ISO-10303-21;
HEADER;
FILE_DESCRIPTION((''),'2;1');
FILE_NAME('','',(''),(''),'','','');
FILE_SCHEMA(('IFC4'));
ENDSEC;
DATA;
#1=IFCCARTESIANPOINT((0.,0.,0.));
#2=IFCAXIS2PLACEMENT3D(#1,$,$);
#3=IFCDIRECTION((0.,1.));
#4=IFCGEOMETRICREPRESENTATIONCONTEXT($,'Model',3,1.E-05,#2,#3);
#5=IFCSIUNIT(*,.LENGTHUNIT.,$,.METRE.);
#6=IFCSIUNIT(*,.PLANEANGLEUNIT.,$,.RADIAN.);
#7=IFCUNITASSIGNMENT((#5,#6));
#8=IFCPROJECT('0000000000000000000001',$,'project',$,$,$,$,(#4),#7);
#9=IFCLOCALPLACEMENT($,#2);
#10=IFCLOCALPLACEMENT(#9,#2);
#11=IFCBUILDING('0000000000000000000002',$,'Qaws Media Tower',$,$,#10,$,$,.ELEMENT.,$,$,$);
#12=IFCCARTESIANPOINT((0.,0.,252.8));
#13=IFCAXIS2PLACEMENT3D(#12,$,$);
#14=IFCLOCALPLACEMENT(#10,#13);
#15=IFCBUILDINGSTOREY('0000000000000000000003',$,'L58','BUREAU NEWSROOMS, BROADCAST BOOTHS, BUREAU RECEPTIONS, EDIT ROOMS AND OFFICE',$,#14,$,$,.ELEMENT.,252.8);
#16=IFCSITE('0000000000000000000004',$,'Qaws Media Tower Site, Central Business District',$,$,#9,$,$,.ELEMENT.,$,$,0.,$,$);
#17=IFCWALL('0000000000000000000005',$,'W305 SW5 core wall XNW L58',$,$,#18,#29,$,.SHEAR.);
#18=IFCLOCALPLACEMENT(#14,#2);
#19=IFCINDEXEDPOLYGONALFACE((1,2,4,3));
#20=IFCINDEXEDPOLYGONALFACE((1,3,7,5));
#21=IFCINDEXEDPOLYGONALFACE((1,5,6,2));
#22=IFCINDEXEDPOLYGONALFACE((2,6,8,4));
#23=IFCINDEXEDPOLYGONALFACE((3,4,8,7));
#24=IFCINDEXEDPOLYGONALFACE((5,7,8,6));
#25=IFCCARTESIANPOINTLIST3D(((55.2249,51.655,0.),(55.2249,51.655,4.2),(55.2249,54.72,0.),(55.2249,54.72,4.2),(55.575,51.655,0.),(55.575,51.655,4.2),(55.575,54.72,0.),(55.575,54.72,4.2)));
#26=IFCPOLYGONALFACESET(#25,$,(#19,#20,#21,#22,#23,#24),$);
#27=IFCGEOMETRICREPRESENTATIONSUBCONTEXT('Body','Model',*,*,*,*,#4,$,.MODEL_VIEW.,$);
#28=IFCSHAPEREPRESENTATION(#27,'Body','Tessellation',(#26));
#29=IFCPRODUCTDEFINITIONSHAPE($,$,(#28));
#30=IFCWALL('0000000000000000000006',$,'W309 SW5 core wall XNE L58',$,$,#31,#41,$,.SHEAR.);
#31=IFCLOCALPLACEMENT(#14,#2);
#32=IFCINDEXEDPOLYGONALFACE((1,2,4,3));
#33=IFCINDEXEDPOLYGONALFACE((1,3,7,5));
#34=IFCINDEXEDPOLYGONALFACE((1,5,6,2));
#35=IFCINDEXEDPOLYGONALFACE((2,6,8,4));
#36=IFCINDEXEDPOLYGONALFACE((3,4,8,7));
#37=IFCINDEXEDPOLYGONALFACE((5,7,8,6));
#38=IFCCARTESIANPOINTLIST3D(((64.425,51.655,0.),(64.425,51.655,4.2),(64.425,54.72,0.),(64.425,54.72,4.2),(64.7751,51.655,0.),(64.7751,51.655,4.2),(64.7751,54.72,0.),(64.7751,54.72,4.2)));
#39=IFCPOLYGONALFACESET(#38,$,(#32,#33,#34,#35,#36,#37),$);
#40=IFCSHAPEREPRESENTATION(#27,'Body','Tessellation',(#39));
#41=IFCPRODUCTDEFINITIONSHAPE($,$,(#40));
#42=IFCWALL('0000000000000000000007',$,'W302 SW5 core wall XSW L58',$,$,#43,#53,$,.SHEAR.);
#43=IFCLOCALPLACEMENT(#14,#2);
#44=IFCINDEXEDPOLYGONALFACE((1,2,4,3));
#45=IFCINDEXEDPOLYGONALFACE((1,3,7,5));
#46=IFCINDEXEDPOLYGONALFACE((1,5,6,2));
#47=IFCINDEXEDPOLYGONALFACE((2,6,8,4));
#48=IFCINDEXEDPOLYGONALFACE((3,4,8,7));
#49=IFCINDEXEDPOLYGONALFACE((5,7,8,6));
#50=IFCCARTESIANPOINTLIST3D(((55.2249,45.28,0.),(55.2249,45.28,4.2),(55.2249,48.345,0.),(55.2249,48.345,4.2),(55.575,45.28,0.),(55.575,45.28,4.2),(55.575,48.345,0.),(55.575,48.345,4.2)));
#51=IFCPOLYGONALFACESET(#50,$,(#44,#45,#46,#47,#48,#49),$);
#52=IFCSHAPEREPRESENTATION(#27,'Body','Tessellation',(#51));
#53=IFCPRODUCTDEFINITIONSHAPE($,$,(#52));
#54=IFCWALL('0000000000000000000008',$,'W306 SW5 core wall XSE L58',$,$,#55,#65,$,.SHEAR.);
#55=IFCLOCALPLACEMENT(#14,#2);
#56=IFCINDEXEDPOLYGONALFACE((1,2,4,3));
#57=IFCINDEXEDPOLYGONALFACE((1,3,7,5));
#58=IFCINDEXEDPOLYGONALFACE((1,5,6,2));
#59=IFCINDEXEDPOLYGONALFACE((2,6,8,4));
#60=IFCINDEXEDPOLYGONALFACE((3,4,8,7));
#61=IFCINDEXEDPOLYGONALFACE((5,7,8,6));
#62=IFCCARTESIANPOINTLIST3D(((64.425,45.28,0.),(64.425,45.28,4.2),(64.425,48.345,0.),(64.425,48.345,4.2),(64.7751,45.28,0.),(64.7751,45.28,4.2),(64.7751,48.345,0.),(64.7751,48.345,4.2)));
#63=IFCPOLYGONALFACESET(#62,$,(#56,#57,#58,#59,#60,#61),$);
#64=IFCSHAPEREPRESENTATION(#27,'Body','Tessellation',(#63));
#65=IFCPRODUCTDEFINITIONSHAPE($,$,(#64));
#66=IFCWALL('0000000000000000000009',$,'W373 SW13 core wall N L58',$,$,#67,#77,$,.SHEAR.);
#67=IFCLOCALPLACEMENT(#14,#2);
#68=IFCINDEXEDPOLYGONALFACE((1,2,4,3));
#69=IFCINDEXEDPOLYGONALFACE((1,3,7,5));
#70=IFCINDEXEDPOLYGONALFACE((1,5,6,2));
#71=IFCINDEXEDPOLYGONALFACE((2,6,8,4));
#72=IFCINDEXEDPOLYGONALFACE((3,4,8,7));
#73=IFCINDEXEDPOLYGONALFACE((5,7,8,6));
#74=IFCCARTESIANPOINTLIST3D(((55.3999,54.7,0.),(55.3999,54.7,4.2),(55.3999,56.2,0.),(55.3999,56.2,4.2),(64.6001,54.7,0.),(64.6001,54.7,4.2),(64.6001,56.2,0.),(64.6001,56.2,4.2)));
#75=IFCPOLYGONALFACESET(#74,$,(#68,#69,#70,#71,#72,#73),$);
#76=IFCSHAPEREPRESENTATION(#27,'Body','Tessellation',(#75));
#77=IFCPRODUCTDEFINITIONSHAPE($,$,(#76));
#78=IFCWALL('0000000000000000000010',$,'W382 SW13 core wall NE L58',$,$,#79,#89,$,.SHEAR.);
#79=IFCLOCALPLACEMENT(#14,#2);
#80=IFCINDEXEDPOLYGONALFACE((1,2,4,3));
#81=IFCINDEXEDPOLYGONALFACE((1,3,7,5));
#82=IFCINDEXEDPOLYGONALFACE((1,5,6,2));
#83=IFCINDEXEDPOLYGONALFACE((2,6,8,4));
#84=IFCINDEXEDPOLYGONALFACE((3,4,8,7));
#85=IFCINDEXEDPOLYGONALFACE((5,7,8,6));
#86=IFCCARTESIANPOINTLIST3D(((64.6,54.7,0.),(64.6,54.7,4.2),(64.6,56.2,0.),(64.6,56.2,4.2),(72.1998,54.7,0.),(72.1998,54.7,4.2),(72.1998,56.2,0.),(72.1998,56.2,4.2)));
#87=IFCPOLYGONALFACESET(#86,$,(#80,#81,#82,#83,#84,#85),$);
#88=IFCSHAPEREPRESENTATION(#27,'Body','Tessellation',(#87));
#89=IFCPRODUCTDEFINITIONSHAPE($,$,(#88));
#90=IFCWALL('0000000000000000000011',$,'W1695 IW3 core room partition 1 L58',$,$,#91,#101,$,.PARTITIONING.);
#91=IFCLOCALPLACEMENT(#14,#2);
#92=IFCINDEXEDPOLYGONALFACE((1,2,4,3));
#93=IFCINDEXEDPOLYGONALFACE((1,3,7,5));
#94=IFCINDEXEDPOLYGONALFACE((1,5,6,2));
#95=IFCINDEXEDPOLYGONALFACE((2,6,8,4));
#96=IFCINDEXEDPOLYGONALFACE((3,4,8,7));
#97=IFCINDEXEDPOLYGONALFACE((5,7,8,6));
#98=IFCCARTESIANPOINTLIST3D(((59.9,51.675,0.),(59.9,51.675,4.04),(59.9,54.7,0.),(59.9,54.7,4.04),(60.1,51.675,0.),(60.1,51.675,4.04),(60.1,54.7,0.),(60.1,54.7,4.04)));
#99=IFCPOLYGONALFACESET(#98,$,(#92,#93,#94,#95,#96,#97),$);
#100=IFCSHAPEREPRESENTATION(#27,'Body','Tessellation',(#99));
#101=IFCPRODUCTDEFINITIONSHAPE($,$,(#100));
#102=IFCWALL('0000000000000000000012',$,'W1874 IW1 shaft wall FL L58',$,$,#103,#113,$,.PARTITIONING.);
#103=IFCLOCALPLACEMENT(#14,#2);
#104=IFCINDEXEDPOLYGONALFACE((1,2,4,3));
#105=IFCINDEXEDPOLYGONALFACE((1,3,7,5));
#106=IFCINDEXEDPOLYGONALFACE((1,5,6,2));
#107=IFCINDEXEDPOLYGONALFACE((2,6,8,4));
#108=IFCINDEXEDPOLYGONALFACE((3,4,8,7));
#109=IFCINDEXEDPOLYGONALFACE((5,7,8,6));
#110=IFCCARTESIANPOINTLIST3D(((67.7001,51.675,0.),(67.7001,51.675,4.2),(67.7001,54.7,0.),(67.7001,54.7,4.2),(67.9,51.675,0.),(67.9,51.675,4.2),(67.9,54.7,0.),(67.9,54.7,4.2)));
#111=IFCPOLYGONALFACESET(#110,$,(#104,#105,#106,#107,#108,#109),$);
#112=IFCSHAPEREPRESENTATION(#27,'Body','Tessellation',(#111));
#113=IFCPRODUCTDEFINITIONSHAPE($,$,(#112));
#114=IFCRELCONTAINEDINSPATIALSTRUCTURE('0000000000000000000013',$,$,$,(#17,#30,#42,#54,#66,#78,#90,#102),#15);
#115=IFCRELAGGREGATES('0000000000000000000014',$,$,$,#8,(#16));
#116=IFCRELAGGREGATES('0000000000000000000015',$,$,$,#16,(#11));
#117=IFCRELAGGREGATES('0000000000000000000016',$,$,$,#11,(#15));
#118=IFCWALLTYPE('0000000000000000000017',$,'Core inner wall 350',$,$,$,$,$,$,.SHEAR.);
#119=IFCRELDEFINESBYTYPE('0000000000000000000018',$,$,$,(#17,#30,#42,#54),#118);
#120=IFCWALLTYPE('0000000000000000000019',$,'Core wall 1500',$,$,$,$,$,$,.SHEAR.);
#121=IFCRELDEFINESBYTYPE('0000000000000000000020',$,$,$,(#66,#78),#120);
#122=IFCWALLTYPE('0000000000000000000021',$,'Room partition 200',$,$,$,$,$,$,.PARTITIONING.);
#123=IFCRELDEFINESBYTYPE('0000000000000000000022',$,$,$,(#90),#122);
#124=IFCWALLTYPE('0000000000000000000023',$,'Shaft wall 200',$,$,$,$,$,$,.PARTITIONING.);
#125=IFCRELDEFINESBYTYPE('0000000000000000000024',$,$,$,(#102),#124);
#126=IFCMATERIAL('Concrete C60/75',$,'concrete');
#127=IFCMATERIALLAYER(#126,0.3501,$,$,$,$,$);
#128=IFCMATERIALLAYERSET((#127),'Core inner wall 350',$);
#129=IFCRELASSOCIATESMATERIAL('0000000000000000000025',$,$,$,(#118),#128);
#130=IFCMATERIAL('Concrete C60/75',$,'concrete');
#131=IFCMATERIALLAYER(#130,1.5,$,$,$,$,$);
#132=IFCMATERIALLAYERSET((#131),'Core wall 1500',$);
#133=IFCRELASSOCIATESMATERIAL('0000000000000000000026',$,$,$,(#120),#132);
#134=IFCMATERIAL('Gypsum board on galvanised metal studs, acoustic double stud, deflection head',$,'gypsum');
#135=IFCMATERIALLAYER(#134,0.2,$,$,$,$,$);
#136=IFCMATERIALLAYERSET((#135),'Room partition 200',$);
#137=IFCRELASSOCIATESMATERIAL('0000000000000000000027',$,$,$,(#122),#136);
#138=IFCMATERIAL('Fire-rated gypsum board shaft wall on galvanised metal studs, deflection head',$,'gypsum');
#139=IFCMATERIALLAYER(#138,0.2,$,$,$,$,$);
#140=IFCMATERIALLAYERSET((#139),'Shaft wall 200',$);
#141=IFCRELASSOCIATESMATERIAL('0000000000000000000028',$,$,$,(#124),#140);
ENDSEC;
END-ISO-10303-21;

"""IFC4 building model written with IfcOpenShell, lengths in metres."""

from ifc_helpers import new_model, si_unit, direction, frame, frame_2d, origin, place, context, subcontext, project, spatial, rectangle, extrude, material, layer, layer_set, type_object, element, save


model = new_model("IFC4")

# Units and contexts
model_context = context("Model", 3, precision=1e-05, world=origin(), true_north=direction((0.0, 1.0)))
body_context = subcontext(model_context, "Body", "Model", "MODEL_VIEW")
ifc_project = project(units=[si_unit("LENGTHUNIT", "METRE"), si_unit("PLANEANGLEUNIT", "RADIAN")], contexts=[model_context])

# Site, building, storey
site_placement = place(None, origin())
site = spatial("IfcSite", under=ifc_project, at=site_placement, Name="Qaws Media Tower Site, Central Business District", CompositionType="ELEMENT", RefElevation=0.0)
building_placement = place(site_placement, origin())
building = spatial("IfcBuilding", under=site, at=building_placement, Name="Qaws Media Tower", CompositionType="ELEMENT")
storey_placement = place(building_placement, frame((0.0, 0.0, 252.8)))
storey = spatial("IfcBuildingStorey", under=building, at=storey_placement, Name="L58", Description="BUREAU NEWSROOMS, BROADCAST BOOTHS, BUREAU RECEPTIONS, EDIT ROOMS AND OFFICE", CompositionType="ELEMENT", Elevation=252.8)

# Shared definitions
ifc_material_1 = material(Name="Concrete C60/75", Category="concrete")
ifc_layer_1 = layer(ifc_material_1, 0.3501)
ifc_layer_set_1 = layer_set([ifc_layer_1], Name="Core inner wall 350")
wall_type_1 = type_object("IfcWallType", Name="Core inner wall 350", PredefinedType="SHEAR", material=ifc_layer_set_1)

# Walls
for number, where, z_axis, x_axis, name in (
    (1, (55.3999, 51.655, 0.0), (0.0, 0.0, 1.0), (0.0, 1.0, 0.0), "W305 SW5 core wall XNW L58"),
    (2, (64.6001, 51.655, 0.0), (0.0, 0.0, 1.0), (0.0, 1.0, 0.0), "W309 SW5 core wall XNE L58"),
    (3, (55.3999, 48.345, 0.0), (0.0, 0.0, 1.0), (0.0, -1.0, 0.0), "W302 SW5 core wall XSW L58"),
    (4, (64.6001, 48.345, 0.0), (0.0, 0.0, 1.0), (0.0, -1.0, 0.0), "W306 SW5 core wall XSE L58"),
):
    element("IfcWall", number, at=place(storey_placement, frame(where, z_axis=z_axis, x_axis=x_axis)), inside=storey, type_object=wall_type_1, Name=name, PredefinedType="SHEAR", context=body_context, shape_type="SweptSolid", body=[
        extrude(rectangle(XDim=3.0649, YDim=0.3501, at=frame_2d((1.5325, 0.0))), origin(), (0.0, 0.0, 1.0), 4.2),
    ])
ifc_material_2 = material(Name="Concrete C60/75", Category="concrete")
ifc_layer_2 = layer(ifc_material_2, 1.5)
ifc_layer_set_2 = layer_set([ifc_layer_2], Name="Core wall 1500")
wall_type_2 = type_object("IfcWallType", Name="Core wall 1500", PredefinedType="SHEAR", material=ifc_layer_set_2)
wall_1_placement = place(storey_placement, frame((55.3999, 55.45, 0.0), z_axis=(0.0, 0.0, 1.0), x_axis=(1.0, 0.0, 0.0)))
element("IfcWall", 5, at=wall_1_placement, inside=storey, type_object=wall_type_2, Name="W373 SW13 core wall N L58", PredefinedType="SHEAR", context=body_context, shape_type="SweptSolid", body=[
    extrude(rectangle(XDim=9.2002, YDim=1.5, at=frame_2d((4.6001, 0.0))), origin(), (0.0, 0.0, 1.0), 4.2),
])
wall_2_placement = place(storey_placement, frame((64.6001, 55.45, 0.0), z_axis=(0.0, 0.0, 1.0), x_axis=(1.0, 0.0, 0.0)))
element("IfcWall", 6, at=wall_2_placement, inside=storey, type_object=wall_type_2, Name="W382 SW13 core wall NE L58", PredefinedType="SHEAR", context=body_context, shape_type="SweptSolid", body=[
    extrude(rectangle(XDim=7.5999, YDim=1.5, at=frame_2d((3.7998, 0.0))), origin(), (0.0, 0.0, 1.0), 4.2),
])
ifc_material_3 = material(Name="Gypsum board on galvanised metal studs, acoustic double stud, deflection head", Category="gypsum")
ifc_layer_3 = layer(ifc_material_3, 0.2)
ifc_layer_set_3 = layer_set([ifc_layer_3], Name="Room partition 200")
wall_type_3 = type_object("IfcWallType", Name="Room partition 200", PredefinedType="PARTITIONING", material=ifc_layer_set_3)
wall_3_placement = place(storey_placement, frame((60.0, 51.675, 0.0), z_axis=(0.0, 0.0, 1.0), x_axis=(0.0, 1.0, 0.0)))
element("IfcWall", 7, at=wall_3_placement, inside=storey, type_object=wall_type_3, Name="W1695 IW3 core room partition 1 L58", PredefinedType="PARTITIONING", context=body_context, shape_type="SweptSolid", body=[
    extrude(rectangle(XDim=3.0249, YDim=0.2, at=frame_2d((1.5125, 0.0))), origin(), (0.0, 0.0, 1.0), 4.04),
])
ifc_material_4 = material(Name="Fire-rated gypsum board shaft wall on galvanised metal studs, deflection head", Category="gypsum")
ifc_layer_4 = layer(ifc_material_4, 0.2)
ifc_layer_set_4 = layer_set([ifc_layer_4], Name="Shaft wall 200")
wall_type_4 = type_object("IfcWallType", Name="Shaft wall 200", PredefinedType="PARTITIONING", material=ifc_layer_set_4)
wall_4_placement = place(storey_placement, frame((67.8, 51.675, 0.0), z_axis=(0.0, 0.0, 1.0), x_axis=(0.0, 1.0, 0.0)))
element("IfcWall", 8, at=wall_4_placement, inside=storey, type_object=wall_type_4, Name="W1874 IW1 shaft wall FL L58", PredefinedType="PARTITIONING", context=body_context, shape_type="SweptSolid", body=[
    extrude(rectangle(XDim=3.0249, YDim=0.2, at=frame_2d((1.5125, 0.0))), origin(), (0.0, 0.0, 1.0), 4.2),
])

save(model, "model.ifc")
